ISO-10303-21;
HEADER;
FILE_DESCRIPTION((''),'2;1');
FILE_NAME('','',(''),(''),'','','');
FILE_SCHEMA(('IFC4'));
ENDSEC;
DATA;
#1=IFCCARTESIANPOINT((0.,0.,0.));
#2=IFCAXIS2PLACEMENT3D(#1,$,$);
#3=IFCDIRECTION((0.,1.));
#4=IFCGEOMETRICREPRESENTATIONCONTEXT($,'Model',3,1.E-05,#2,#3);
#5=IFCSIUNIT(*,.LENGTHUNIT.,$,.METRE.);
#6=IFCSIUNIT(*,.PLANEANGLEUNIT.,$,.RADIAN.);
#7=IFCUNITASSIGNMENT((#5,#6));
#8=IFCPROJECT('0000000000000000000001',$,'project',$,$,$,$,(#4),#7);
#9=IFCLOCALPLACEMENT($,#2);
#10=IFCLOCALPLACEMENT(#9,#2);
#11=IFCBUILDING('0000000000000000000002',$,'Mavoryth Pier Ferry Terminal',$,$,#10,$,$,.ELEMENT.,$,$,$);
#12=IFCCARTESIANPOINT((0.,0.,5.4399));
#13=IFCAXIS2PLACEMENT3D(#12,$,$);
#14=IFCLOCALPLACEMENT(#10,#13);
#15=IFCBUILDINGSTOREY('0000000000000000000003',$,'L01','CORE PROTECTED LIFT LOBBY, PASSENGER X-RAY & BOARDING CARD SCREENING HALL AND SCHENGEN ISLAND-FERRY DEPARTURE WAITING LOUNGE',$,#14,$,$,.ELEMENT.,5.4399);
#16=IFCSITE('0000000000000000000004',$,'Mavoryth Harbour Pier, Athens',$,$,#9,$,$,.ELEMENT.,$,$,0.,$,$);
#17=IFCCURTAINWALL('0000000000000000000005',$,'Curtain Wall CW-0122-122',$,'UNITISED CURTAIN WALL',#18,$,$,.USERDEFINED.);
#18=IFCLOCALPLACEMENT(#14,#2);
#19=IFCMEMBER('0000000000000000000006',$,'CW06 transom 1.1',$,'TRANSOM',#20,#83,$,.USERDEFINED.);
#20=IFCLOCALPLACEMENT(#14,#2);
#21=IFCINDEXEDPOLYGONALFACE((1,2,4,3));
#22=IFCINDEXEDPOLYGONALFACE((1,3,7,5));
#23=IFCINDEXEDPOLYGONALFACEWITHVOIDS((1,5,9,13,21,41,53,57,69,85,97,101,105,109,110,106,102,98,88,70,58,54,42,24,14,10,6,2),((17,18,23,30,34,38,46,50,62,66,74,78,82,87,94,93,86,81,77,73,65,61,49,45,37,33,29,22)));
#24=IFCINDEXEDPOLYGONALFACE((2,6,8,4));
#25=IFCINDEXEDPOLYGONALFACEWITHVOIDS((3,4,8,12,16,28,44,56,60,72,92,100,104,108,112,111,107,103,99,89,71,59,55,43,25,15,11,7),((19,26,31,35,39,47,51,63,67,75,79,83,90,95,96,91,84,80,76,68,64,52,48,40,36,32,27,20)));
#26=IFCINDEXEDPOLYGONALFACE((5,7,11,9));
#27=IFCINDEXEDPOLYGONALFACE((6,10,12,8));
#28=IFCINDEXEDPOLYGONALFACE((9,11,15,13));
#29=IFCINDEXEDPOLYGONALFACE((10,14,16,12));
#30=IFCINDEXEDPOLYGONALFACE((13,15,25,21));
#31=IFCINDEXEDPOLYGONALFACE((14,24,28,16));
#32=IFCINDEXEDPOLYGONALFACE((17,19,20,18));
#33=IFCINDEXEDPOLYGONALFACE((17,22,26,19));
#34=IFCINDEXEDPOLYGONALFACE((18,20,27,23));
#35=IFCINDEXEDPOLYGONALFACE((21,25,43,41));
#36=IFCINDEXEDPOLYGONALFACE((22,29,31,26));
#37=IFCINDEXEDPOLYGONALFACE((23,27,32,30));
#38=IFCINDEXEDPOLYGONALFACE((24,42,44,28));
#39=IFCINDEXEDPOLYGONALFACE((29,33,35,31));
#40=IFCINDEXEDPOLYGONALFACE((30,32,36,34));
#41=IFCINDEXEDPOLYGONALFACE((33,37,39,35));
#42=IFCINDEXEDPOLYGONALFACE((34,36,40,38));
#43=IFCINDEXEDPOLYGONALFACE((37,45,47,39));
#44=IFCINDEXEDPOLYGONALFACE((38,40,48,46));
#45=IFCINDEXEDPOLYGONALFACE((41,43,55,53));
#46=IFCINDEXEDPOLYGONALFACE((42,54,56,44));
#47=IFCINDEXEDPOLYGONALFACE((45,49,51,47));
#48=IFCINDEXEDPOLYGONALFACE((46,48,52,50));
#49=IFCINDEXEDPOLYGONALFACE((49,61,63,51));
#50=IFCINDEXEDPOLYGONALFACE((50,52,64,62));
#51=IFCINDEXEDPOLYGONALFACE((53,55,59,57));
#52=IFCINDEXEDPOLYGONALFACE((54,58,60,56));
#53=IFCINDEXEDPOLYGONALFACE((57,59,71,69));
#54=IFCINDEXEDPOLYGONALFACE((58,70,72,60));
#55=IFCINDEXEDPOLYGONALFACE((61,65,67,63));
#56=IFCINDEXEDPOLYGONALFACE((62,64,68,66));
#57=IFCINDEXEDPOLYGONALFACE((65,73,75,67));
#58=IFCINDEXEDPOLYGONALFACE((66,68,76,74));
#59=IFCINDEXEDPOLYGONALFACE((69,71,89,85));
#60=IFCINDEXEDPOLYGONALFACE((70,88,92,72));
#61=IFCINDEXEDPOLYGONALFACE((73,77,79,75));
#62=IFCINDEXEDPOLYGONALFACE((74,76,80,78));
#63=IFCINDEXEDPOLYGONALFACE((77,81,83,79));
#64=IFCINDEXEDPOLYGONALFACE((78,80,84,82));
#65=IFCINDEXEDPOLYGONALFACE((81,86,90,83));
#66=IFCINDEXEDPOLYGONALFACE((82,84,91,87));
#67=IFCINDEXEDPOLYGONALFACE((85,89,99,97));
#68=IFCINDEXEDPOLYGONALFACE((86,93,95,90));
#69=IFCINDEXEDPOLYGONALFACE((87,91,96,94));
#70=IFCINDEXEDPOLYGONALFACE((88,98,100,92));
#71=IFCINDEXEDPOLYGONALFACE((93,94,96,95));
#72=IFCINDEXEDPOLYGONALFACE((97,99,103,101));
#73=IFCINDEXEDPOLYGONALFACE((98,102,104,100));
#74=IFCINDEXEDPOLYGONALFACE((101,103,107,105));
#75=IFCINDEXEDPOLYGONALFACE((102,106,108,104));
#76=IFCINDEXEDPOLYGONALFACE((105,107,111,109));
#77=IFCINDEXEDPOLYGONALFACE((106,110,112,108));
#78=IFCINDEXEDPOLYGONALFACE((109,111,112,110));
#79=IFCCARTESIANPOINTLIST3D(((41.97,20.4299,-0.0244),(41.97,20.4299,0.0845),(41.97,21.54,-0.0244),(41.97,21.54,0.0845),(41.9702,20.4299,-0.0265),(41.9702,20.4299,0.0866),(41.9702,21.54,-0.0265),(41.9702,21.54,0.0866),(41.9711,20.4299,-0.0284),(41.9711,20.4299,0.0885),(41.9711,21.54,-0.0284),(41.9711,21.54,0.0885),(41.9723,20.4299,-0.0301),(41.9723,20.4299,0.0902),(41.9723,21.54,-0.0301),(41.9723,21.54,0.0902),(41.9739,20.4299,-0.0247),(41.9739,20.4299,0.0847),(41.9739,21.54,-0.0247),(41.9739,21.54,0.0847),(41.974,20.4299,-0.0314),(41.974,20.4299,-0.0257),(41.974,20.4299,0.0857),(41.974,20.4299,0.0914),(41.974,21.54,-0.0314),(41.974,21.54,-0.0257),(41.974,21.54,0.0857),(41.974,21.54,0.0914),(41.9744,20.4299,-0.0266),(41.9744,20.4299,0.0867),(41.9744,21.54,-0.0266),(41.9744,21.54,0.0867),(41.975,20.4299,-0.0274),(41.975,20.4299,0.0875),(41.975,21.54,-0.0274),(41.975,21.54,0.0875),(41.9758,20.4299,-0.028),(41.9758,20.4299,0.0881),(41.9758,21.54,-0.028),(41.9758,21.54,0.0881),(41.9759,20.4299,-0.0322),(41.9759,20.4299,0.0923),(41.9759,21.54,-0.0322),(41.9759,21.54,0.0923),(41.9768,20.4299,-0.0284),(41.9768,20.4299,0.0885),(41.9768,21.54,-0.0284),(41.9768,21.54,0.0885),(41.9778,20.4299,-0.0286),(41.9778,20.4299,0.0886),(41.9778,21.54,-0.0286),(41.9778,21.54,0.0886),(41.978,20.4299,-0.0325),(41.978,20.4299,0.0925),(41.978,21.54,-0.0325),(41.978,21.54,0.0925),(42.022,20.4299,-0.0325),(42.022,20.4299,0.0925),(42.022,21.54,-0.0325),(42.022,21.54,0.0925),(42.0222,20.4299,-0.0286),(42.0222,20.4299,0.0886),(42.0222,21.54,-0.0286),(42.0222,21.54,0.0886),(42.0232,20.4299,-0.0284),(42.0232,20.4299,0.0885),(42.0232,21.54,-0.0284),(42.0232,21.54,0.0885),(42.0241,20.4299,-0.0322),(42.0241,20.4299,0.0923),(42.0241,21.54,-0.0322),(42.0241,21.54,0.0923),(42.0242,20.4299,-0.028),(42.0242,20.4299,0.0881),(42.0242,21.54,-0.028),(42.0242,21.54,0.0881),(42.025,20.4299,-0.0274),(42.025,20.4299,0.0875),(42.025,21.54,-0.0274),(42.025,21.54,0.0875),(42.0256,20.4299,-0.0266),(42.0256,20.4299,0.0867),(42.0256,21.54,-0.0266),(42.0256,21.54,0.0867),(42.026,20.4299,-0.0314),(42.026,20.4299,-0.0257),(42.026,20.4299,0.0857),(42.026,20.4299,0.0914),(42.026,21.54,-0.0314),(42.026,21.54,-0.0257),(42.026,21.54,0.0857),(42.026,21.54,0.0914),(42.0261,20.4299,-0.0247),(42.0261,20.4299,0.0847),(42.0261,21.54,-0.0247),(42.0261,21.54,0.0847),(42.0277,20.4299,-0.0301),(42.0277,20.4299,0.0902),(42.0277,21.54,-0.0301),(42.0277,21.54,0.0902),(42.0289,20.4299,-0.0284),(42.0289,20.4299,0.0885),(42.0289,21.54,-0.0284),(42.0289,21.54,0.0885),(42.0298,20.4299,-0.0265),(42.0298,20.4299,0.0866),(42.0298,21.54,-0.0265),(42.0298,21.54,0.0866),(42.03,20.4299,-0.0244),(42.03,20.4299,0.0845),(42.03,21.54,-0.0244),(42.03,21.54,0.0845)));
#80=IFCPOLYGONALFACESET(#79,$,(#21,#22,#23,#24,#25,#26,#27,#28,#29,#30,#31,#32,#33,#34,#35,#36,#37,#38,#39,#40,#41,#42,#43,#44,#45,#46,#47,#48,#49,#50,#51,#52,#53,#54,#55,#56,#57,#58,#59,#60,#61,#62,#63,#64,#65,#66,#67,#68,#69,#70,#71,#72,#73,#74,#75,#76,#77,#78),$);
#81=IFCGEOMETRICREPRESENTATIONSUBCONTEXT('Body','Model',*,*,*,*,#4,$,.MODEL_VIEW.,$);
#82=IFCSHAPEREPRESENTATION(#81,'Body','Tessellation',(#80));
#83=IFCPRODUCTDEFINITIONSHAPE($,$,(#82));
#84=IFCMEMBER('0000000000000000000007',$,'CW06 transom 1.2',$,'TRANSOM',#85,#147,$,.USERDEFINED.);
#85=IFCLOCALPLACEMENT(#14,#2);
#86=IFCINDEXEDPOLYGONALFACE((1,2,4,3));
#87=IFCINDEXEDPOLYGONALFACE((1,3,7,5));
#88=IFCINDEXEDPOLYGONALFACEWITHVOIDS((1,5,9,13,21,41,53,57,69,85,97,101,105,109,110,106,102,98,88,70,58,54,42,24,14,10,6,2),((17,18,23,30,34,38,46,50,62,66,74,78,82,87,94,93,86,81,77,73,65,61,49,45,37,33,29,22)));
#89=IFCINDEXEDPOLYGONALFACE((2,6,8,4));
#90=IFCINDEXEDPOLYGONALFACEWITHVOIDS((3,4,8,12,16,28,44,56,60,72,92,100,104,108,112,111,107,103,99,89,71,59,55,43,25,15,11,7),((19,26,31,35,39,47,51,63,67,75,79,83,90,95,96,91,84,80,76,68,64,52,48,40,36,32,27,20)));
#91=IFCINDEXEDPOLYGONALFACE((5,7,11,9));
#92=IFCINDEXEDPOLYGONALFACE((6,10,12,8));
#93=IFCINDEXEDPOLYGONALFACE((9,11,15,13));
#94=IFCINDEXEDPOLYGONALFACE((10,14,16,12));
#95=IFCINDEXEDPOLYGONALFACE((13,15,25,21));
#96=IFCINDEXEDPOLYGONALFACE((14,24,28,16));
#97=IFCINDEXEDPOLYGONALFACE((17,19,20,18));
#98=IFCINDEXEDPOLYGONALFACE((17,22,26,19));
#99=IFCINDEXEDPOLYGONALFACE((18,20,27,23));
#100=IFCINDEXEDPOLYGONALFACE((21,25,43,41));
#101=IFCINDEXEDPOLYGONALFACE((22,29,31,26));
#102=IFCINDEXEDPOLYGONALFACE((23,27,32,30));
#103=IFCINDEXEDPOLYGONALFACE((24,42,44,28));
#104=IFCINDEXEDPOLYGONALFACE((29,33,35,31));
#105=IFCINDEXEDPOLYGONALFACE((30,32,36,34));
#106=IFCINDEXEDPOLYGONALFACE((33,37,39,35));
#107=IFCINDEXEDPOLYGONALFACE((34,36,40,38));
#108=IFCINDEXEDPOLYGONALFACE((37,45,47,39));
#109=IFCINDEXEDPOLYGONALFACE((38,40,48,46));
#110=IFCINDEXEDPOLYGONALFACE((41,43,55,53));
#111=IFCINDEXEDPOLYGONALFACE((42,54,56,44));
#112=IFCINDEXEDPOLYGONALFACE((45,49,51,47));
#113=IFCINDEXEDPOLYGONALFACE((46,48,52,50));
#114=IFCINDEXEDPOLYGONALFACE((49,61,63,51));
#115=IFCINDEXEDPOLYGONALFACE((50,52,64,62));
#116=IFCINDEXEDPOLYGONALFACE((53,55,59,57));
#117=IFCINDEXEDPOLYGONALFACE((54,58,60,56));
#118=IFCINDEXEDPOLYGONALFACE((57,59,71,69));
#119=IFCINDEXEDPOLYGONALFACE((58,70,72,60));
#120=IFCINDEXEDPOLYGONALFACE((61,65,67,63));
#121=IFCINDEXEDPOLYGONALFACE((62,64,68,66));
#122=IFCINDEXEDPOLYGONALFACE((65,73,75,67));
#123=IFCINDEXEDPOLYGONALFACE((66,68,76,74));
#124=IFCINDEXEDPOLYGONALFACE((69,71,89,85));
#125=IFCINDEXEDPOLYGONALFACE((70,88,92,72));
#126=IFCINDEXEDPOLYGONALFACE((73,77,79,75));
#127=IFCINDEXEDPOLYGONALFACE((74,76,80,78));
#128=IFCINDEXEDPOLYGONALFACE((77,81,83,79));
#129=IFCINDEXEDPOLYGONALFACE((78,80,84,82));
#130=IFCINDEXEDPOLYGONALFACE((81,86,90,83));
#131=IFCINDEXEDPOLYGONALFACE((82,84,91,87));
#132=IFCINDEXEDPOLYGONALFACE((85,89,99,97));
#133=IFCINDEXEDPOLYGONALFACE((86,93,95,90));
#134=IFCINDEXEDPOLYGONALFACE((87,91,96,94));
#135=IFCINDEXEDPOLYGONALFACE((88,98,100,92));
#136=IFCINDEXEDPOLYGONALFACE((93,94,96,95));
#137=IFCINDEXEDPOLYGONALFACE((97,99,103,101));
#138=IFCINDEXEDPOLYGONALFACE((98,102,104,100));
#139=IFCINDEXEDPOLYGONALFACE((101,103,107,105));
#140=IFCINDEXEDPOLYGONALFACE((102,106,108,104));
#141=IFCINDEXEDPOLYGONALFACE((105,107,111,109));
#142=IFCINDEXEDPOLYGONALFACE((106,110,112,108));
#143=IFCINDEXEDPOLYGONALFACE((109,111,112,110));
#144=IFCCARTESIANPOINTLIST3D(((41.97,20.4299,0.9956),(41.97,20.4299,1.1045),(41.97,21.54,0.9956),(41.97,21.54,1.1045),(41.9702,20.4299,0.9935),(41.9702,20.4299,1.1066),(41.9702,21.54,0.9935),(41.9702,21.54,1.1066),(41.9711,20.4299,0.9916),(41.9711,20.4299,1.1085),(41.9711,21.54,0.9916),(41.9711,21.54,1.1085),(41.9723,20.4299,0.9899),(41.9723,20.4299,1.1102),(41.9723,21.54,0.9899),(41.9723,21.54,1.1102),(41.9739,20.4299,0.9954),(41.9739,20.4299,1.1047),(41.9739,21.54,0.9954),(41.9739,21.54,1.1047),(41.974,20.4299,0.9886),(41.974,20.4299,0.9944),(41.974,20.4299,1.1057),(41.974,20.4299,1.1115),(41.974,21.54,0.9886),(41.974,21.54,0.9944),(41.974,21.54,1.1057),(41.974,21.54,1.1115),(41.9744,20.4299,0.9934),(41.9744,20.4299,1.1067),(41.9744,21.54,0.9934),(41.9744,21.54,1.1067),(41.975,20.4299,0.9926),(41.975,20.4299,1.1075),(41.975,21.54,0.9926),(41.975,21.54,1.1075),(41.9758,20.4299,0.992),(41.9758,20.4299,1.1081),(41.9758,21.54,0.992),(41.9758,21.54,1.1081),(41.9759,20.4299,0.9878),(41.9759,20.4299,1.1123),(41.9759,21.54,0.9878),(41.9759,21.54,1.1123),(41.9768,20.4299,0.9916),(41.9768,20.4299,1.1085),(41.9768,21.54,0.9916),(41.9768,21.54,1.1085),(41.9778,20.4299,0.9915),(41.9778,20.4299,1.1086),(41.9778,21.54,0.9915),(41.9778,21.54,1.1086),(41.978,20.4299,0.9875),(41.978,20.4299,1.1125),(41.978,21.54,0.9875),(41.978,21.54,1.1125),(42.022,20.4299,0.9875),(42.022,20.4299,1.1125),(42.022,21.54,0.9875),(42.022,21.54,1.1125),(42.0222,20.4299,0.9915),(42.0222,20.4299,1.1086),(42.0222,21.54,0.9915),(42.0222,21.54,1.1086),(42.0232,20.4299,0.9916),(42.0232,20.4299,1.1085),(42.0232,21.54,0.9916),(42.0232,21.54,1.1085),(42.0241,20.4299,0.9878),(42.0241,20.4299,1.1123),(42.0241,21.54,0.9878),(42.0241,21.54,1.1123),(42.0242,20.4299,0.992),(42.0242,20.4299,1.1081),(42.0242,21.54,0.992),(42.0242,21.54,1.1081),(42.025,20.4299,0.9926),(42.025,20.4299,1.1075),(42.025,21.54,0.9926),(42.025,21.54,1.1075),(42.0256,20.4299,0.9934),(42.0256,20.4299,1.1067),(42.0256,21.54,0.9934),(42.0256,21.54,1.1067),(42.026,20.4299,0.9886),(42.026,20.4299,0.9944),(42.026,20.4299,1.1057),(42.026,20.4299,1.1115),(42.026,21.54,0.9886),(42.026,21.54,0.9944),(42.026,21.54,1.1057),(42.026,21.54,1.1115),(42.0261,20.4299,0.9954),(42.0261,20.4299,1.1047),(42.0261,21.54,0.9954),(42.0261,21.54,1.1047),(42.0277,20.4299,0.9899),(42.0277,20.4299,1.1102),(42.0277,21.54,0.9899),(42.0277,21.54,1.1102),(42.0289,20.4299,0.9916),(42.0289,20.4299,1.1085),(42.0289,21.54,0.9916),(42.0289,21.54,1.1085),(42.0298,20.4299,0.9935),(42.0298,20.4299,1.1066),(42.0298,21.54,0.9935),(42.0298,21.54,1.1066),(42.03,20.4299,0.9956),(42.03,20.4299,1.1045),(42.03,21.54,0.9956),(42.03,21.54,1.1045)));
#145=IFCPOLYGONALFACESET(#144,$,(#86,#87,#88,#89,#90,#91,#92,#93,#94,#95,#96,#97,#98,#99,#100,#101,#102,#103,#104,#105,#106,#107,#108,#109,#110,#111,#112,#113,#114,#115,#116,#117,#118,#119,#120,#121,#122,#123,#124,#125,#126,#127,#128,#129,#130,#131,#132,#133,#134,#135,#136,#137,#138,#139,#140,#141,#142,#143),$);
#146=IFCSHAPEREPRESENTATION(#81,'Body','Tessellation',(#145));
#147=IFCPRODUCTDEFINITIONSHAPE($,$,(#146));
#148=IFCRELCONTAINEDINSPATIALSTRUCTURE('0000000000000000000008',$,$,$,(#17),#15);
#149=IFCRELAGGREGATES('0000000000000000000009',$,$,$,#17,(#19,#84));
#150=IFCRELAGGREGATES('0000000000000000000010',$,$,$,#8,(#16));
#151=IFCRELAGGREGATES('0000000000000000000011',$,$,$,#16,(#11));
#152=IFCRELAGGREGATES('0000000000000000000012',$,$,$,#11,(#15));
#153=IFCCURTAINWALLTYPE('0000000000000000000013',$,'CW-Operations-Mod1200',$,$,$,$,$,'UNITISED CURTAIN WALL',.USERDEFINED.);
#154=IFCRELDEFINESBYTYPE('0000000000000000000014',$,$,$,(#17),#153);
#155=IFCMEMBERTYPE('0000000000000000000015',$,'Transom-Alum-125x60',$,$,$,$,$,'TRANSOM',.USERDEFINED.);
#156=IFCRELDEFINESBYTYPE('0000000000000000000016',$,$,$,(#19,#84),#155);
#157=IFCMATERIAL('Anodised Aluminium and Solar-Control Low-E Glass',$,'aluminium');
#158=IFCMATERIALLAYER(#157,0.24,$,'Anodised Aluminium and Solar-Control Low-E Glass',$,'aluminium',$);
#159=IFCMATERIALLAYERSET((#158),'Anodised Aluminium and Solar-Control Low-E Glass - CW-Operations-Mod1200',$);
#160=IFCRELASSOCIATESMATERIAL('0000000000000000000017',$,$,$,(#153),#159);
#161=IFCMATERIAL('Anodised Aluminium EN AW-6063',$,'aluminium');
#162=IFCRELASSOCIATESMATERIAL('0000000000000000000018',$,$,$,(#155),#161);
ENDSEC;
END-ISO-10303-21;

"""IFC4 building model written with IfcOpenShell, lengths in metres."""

from ifc_helpers import new_model, si_unit, direction, frame, origin, origin_2d, place, context, subcontext, project, spatial, hollow_rectangle, extrude, material, layer, layer_set, material_profile, profile_set, type_object, element, aggregate, save


model = new_model("IFC4")

# Units and contexts
model_context = context("Model", 3, precision=1e-05, world=origin(), true_north=direction((0.0, 1.0)))
body_context = subcontext(model_context, "Body", "Model", "MODEL_VIEW")
ifc_project = project(units=[si_unit("LENGTHUNIT", "METRE"), si_unit("PLANEANGLEUNIT", "RADIAN")], contexts=[model_context])

# Site, building, storey
site_placement = place(None, origin())
site = spatial("IfcSite", under=ifc_project, at=site_placement, Name="Mavoryth Harbour Pier, Athens", CompositionType="ELEMENT", RefElevation=0.0)
building_placement = place(site_placement, origin())
building = spatial("IfcBuilding", under=site, at=building_placement, Name="Mavoryth Pier Ferry Terminal", CompositionType="ELEMENT")
storey_placement = place(building_placement, frame((0.0, 0.0, 5.4399)))
storey = spatial("IfcBuildingStorey", under=building, at=storey_placement, Name="L01", Description="CORE PROTECTED LIFT LOBBY, PASSENGER X-RAY & BOARDING CARD SCREENING HALL AND SCHENGEN ISLAND-FERRY DEPARTURE WAITING LOUNGE", CompositionType="ELEMENT", Elevation=5.4399)

# Curtain wall, members
ifc_material_1 = material(Name="Anodised Aluminium and Solar-Control Low-E Glass", Category="aluminium")
ifc_layer_1 = layer(ifc_material_1, 0.24, Name="Anodised Aluminium and Solar-Control Low-E Glass", Category="aluminium")
ifc_layer_set_1 = layer_set([ifc_layer_1], Name="Anodised Aluminium and Solar-Control Low-E Glass - CW-Operations-Mod1200")
curtain_wall_type = type_object("IfcCurtainWallType", Name="CW-Operations-Mod1200", ElementType="UNITISED CURTAIN WALL", PredefinedType="USERDEFINED", material=ifc_layer_set_1)
curtain_wall_placement = place(storey_placement, origin())
curtain_wall = element("IfcCurtainWall", 1, at=curtain_wall_placement, inside=storey, type_object=curtain_wall_type, Name="Curtain Wall CW-0122-122", ObjectType="UNITISED CURTAIN WALL", PredefinedType="USERDEFINED")
ifc_material_2 = material(Name="Anodised Aluminium EN AW-6063", Category="aluminium")
ifc_material_profile_1 = material_profile(ifc_material_2, hollow_rectangle(XDim=0.0601, YDim=0.125, WallThickness=0.0039, InnerFilletRadius=0.0039, OuterFilletRadius=0.0081, at=origin_2d()), Name="AL-TRAN 125x60x4", Category="aluminium")
ifc_profile_set_1 = profile_set([ifc_material_profile_1], Name="Anodised Aluminium EN AW-6063 - AL-TRAN 125x60x4")
member_type_1 = type_object("IfcMemberType", Name="Transom-Alum-125x60", ElementType="TRANSOM", PredefinedType="USERDEFINED", material=ifc_profile_set_1)
member_1_placement = place(storey_placement, frame((42.0, 21.54, 0.03), z_axis=(0.0, -1.0, 0.0), x_axis=(1.0, 0.0, 0.0)))
member_1 = element("IfcMember", 2, at=member_1_placement, type_object=member_type_1, Name="CW06 transom 1.1", ObjectType="TRANSOM", PredefinedType="USERDEFINED", context=body_context, shape_type="SweptSolid", body=[
    extrude(hollow_rectangle(XDim=0.0601, YDim=0.125, WallThickness=0.0039, InnerFilletRadius=0.0039, OuterFilletRadius=0.0081, at=origin_2d()), origin(), (0.0, 0.0, 1.0), 1.1101),
])
member_2_placement = place(storey_placement, frame((42.0, 21.54, 1.05), z_axis=(0.0, -1.0, 0.0), x_axis=(1.0, 0.0, 0.0)))
member_2 = element("IfcMember", 3, at=member_2_placement, type_object=member_type_1, Name="CW06 transom 1.2", ObjectType="TRANSOM", PredefinedType="USERDEFINED", context=body_context, shape_type="SweptSolid", body=[
    extrude(hollow_rectangle(XDim=0.0601, YDim=0.125, WallThickness=0.0039, InnerFilletRadius=0.0039, OuterFilletRadius=0.0081, at=origin_2d()), origin(), (0.0, 0.0, 1.0), 1.1101),
])
aggregate(curtain_wall, [member_1, member_2])

save(model, "model.ifc")
